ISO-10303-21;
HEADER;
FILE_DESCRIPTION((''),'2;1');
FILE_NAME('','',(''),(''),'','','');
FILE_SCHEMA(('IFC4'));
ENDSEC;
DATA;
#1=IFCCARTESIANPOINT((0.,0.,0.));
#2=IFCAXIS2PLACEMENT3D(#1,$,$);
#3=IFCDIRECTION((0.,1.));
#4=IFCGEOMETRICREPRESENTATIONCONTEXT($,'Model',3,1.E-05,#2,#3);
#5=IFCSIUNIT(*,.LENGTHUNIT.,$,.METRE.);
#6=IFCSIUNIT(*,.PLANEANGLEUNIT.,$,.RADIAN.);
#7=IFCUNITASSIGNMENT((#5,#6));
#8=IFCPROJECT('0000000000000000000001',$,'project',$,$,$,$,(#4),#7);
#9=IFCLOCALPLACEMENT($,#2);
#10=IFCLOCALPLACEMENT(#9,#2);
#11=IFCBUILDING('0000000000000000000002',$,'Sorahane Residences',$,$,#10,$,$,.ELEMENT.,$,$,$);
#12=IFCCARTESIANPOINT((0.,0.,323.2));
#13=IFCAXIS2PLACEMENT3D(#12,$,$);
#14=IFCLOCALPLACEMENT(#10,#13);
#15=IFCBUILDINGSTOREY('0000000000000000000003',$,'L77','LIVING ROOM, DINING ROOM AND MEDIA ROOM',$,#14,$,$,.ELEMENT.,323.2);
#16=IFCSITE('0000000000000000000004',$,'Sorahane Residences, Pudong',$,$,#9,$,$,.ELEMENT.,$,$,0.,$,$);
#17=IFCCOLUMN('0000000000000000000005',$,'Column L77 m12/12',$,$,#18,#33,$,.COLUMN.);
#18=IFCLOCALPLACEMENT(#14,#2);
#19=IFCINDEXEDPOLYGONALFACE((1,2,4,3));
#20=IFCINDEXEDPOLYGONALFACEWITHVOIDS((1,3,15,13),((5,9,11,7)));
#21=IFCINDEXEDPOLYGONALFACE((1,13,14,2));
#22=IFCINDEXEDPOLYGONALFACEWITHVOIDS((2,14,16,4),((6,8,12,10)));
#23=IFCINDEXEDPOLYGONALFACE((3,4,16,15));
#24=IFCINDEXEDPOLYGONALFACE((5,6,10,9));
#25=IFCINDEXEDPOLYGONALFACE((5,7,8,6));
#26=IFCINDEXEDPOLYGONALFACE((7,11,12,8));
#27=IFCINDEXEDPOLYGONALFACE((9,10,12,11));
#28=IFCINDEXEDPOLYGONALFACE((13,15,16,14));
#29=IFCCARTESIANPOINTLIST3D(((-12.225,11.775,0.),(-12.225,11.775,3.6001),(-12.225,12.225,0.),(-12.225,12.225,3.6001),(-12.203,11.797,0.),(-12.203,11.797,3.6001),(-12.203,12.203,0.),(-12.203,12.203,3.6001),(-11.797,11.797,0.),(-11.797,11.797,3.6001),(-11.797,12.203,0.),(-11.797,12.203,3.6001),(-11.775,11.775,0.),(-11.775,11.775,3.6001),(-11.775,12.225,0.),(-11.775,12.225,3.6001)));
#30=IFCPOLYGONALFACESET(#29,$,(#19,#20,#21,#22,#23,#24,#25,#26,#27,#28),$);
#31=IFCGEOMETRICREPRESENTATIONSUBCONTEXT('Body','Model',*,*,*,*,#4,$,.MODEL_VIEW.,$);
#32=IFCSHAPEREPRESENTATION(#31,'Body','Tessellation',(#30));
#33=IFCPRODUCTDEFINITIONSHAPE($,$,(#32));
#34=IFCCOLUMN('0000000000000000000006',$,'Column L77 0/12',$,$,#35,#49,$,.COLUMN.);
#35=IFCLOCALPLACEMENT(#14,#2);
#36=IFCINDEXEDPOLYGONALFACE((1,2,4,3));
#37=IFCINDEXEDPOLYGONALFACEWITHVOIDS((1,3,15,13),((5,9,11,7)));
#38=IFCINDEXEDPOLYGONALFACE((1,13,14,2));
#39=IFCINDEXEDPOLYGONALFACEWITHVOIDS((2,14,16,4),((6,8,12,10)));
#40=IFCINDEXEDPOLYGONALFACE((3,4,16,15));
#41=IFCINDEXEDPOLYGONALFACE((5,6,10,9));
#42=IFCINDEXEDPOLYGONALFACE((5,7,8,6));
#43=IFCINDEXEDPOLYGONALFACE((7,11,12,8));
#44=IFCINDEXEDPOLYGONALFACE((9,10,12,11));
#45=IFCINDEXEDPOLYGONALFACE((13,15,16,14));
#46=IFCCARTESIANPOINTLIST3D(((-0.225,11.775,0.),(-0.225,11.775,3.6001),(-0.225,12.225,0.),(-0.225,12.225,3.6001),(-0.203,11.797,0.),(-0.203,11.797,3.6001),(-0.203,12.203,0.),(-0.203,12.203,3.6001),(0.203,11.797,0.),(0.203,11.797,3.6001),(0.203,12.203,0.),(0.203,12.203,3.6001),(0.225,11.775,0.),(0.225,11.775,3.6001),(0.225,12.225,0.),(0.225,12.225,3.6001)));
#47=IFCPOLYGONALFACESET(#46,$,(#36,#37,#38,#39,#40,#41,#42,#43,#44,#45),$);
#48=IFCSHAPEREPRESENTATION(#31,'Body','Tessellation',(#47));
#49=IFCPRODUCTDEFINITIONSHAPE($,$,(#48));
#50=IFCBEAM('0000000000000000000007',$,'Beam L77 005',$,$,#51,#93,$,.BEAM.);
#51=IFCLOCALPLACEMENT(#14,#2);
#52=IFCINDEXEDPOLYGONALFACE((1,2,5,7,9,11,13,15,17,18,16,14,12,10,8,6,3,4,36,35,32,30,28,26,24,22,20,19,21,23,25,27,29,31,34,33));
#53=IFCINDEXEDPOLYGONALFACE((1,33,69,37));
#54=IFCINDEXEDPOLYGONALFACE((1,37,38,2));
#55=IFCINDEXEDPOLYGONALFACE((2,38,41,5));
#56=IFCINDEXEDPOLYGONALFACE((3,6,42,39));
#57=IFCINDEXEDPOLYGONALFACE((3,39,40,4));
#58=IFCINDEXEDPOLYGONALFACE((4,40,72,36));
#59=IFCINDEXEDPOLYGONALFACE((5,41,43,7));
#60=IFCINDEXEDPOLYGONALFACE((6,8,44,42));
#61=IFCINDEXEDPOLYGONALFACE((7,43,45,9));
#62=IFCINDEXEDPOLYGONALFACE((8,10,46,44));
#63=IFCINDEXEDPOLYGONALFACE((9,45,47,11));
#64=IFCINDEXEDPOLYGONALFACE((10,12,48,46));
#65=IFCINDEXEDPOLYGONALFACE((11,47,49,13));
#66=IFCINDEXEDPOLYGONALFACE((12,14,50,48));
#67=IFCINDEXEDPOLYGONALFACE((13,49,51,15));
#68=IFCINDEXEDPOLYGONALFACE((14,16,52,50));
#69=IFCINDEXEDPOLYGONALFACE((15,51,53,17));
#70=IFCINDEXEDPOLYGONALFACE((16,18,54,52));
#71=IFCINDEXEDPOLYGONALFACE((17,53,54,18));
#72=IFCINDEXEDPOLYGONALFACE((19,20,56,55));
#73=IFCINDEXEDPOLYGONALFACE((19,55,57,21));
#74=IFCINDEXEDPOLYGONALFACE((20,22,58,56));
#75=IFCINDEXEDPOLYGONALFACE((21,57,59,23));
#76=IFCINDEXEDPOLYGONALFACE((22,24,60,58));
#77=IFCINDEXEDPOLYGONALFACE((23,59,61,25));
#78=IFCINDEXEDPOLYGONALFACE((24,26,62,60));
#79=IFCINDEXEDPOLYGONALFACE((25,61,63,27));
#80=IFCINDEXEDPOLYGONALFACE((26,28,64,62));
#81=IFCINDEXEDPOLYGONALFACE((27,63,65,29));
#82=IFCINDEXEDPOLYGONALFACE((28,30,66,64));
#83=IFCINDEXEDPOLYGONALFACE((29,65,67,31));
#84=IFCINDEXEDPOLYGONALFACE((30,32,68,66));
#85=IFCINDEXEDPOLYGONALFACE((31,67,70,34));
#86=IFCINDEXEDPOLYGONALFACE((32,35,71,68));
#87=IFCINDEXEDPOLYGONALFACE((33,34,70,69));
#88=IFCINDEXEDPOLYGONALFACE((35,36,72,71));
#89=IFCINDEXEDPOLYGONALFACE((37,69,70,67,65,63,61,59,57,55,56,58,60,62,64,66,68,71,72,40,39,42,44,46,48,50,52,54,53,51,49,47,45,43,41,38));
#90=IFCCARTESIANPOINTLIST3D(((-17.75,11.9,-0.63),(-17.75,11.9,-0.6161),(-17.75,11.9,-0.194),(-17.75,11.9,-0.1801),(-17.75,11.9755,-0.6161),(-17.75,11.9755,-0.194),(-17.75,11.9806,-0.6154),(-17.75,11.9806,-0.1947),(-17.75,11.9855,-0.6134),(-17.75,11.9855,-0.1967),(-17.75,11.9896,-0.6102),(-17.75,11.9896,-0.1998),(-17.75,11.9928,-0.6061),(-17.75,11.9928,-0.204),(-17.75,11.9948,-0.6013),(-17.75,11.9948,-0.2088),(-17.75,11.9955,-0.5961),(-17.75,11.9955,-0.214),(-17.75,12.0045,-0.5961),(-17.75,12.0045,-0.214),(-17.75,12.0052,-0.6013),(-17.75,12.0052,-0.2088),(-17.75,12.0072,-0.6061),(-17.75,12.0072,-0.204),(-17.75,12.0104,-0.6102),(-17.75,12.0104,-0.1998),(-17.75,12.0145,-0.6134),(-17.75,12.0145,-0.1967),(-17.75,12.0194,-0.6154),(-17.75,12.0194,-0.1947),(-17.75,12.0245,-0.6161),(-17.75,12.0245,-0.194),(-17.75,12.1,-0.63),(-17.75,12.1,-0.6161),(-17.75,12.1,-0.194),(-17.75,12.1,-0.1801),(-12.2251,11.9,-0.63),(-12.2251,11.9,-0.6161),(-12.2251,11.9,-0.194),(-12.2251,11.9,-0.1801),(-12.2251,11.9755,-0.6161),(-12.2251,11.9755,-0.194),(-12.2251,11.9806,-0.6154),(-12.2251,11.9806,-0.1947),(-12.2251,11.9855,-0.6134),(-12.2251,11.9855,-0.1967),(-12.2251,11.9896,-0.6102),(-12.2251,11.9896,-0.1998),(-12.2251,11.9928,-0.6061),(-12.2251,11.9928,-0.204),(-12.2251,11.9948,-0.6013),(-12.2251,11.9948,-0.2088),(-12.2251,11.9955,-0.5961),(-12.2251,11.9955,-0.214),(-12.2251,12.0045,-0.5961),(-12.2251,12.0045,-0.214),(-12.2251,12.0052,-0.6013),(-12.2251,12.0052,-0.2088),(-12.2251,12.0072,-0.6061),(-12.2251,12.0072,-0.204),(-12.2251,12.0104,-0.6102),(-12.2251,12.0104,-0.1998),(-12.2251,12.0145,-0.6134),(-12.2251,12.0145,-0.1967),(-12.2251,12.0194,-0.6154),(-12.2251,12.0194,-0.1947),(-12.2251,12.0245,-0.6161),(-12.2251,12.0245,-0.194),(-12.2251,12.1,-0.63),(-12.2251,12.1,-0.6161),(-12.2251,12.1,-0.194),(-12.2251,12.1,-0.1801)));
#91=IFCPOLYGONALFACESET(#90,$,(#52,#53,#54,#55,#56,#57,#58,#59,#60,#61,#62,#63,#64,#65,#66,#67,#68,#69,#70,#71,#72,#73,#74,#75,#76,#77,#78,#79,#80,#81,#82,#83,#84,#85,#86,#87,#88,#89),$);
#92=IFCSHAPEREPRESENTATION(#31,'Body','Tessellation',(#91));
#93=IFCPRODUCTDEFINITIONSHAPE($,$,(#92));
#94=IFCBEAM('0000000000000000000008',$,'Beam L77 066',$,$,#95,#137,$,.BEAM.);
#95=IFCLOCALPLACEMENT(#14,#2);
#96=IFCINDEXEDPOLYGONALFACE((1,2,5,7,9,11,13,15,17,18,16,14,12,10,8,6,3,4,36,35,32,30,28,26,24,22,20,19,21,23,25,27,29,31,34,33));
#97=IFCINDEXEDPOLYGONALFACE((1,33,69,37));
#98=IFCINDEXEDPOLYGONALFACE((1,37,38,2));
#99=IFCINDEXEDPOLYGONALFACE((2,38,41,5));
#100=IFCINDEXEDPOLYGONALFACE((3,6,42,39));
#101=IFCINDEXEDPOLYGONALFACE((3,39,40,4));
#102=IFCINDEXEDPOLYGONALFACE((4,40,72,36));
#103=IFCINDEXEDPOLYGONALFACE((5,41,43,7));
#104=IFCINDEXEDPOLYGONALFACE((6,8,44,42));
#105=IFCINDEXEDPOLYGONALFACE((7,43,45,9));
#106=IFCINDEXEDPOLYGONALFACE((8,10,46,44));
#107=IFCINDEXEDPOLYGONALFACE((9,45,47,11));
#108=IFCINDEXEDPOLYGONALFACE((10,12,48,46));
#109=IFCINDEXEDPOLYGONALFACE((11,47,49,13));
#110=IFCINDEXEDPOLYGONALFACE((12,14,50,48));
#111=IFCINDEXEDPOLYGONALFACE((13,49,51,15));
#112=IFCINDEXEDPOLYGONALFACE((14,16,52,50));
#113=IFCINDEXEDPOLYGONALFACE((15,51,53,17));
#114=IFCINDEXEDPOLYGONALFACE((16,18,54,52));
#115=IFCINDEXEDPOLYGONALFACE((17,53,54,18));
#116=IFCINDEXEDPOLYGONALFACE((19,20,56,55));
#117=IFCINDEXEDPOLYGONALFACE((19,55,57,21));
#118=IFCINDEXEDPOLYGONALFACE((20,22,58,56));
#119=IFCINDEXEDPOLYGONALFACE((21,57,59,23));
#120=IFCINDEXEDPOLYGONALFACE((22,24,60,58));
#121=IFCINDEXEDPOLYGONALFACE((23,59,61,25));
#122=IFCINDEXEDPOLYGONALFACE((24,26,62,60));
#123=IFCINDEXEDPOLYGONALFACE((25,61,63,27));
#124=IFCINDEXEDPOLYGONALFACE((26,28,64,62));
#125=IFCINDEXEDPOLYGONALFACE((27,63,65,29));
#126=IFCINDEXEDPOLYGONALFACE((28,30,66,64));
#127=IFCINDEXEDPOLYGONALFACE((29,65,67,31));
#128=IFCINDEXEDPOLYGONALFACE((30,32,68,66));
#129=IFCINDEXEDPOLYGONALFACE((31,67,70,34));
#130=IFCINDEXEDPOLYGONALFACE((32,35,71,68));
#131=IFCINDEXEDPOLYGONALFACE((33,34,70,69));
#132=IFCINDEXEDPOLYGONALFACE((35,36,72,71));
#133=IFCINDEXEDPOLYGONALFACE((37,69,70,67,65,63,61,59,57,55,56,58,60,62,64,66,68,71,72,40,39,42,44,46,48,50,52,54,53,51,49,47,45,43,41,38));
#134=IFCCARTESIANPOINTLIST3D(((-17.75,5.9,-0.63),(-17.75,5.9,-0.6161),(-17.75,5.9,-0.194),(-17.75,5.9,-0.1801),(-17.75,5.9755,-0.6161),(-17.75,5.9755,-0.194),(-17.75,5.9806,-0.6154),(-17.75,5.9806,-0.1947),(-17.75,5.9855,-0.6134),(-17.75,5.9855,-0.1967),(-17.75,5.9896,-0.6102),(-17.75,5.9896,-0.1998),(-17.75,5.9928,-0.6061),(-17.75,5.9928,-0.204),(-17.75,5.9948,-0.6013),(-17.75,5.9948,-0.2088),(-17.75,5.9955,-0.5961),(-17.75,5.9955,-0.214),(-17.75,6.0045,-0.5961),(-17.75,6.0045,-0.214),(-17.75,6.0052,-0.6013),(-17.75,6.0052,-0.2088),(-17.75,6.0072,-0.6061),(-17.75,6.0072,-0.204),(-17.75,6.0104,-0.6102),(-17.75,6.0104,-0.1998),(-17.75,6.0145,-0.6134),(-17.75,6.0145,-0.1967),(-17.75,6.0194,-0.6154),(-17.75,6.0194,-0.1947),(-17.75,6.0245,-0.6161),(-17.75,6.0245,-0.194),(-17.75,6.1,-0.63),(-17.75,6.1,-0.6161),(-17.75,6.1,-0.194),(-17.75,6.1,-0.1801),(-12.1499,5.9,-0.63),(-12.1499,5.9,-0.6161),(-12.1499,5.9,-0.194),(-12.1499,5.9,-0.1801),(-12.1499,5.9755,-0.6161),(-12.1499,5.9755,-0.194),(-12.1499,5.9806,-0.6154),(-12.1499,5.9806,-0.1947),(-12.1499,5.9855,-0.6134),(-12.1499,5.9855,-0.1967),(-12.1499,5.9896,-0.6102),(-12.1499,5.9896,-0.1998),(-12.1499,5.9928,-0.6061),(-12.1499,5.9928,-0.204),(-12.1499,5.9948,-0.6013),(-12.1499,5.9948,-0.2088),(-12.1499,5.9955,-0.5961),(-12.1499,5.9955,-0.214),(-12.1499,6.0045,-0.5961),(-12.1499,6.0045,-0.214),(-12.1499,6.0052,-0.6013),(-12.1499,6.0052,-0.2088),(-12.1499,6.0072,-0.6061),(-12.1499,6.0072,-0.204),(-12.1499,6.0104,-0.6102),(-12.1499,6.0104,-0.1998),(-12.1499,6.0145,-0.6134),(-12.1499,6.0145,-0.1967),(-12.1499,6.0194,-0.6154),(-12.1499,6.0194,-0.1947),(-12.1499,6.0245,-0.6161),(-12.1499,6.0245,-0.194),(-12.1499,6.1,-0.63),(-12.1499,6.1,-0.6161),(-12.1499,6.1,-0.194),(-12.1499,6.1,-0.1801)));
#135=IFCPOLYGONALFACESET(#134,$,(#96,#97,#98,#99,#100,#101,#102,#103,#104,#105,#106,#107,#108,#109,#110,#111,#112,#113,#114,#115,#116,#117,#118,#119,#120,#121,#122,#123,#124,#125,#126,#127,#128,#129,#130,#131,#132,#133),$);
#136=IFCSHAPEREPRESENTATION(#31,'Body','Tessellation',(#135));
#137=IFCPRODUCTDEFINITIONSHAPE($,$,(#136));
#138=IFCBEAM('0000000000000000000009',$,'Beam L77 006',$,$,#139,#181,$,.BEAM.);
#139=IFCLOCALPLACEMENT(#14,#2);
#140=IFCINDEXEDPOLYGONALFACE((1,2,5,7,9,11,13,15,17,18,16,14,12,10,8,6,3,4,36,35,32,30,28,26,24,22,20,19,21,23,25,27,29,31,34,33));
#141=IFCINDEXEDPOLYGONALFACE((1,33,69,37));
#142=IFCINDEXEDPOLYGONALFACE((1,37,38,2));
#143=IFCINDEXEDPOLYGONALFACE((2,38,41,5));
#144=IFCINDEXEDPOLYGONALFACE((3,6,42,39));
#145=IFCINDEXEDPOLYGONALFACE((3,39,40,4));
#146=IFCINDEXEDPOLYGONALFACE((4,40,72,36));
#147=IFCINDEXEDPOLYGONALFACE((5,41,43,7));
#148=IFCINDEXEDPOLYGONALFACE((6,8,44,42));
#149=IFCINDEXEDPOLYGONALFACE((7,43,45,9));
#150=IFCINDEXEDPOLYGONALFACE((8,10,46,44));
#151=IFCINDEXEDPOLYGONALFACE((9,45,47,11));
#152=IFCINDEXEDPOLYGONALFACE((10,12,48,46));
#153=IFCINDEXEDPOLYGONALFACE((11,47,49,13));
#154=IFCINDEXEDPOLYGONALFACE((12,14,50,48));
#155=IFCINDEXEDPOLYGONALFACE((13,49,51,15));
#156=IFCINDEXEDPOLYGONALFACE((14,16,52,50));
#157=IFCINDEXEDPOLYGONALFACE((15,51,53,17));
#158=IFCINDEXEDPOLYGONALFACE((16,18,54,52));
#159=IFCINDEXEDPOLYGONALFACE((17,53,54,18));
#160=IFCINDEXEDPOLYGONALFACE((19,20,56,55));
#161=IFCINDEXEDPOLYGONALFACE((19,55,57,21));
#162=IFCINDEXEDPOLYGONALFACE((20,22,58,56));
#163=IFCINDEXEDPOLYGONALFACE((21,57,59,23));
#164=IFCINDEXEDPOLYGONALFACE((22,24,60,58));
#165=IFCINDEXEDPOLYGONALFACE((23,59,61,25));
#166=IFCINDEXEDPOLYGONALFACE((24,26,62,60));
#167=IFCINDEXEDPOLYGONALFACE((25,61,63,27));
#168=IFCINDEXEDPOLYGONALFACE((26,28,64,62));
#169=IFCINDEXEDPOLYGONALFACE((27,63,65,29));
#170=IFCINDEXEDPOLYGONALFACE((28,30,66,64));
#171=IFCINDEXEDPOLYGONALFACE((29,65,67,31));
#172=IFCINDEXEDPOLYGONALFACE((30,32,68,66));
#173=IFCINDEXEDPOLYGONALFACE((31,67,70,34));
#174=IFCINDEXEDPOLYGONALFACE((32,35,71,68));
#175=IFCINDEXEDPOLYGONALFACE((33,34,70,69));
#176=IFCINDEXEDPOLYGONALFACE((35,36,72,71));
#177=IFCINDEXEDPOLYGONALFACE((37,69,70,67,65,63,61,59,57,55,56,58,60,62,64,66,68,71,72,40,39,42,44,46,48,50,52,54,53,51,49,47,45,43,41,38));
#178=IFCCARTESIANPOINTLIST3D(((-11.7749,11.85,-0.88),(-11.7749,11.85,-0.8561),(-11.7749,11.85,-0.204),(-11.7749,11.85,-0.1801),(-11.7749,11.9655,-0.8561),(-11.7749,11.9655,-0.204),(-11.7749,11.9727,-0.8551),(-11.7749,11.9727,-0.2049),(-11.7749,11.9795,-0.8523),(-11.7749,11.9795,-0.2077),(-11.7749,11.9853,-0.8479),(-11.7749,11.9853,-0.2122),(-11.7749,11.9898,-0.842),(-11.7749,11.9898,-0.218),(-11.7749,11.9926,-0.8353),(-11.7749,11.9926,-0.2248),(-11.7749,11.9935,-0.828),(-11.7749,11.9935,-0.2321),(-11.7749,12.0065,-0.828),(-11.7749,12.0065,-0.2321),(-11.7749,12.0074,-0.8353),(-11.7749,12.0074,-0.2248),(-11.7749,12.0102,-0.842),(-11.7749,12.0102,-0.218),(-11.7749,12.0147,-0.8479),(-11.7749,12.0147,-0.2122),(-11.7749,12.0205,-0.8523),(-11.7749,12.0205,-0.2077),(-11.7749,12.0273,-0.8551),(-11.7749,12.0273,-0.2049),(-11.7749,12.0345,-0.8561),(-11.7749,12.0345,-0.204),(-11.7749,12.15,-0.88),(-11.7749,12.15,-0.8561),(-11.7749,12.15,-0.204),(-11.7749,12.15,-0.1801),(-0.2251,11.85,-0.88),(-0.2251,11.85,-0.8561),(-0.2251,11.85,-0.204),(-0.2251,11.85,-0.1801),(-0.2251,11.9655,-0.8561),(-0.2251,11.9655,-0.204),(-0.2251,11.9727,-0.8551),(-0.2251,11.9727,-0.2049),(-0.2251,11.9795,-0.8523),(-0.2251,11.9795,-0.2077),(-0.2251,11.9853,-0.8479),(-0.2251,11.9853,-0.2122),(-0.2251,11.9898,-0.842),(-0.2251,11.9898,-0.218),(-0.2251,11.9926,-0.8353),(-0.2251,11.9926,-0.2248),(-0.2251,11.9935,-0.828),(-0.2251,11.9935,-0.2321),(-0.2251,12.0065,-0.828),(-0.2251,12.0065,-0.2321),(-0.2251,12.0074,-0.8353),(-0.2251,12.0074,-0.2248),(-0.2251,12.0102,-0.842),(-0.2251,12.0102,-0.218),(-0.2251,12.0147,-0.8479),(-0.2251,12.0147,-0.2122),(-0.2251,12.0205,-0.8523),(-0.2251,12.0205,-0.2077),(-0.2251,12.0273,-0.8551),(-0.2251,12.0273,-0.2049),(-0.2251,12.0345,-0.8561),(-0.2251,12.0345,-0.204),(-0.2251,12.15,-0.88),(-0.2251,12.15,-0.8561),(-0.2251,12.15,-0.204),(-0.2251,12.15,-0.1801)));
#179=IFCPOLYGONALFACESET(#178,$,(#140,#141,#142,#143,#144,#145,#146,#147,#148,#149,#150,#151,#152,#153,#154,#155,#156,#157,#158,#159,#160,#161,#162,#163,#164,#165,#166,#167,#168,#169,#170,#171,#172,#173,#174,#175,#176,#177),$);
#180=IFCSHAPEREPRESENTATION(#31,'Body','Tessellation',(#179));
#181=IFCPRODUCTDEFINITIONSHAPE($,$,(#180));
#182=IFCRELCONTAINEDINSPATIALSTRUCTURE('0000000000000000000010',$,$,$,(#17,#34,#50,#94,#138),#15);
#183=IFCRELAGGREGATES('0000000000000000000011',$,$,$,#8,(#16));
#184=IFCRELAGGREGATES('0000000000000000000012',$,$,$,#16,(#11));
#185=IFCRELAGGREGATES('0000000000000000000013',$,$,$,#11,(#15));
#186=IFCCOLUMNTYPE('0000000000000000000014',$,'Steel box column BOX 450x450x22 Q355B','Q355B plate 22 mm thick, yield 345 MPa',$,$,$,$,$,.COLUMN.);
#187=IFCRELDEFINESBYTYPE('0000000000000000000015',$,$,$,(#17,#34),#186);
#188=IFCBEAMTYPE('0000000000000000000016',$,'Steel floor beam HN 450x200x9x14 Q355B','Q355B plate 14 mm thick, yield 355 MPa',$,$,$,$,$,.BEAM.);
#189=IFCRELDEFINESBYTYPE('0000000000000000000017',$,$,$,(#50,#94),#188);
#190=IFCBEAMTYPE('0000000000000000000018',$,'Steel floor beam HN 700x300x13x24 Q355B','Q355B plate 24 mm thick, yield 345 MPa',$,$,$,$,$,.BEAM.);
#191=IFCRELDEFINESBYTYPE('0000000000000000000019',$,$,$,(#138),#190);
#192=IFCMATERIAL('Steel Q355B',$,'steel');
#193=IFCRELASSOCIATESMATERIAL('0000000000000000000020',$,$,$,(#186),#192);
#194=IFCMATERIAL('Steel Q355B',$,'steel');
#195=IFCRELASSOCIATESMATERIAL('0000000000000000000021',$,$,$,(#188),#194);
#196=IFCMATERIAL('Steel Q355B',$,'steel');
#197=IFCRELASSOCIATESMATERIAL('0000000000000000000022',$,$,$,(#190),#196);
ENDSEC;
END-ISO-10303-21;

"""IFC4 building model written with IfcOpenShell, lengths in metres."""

from ifc_helpers import new_model, si_unit, direction, frame, origin, origin_2d, place, context, subcontext, project, spatial, hollow_rectangle, i_section, extrude, material, material_profile, profile_set, type_object, element, save


model = new_model("IFC4")

# Units and contexts
model_context = context("Model", 3, precision=1e-05, world=origin(), true_north=direction((0.0, 1.0)))
body_context = subcontext(model_context, "Body", "Model", "MODEL_VIEW")
ifc_project = project(units=[si_unit("LENGTHUNIT", "METRE"), si_unit("PLANEANGLEUNIT", "RADIAN")], contexts=[model_context])

# Site, building, storey
site_placement = place(None, origin())
site = spatial("IfcSite", under=ifc_project, at=site_placement, Name="Sorahane Residences, Pudong", CompositionType="ELEMENT", RefElevation=0.0)
building_placement = place(site_placement, origin())
building = spatial("IfcBuilding", under=site, at=building_placement, Name="Sorahane Residences", CompositionType="ELEMENT")
storey_placement = place(building_placement, frame((0.0, 0.0, 323.2)))
storey = spatial("IfcBuildingStorey", under=building, at=storey_placement, Name="L77", Description="LIVING ROOM, DINING ROOM AND MEDIA ROOM", CompositionType="ELEMENT", Elevation=323.2)

# Columns
ifc_material_1 = material(Name="Steel Q355B", Category="steel")
ifc_material_profile_1 = material_profile(ifc_material_1, hollow_rectangle(XDim=0.45, YDim=0.45, WallThickness=0.022, at=origin_2d()), Name="BOX 450x450x22")
ifc_profile_set_1 = profile_set([ifc_material_profile_1], Name="Steel Q355B")
column_type = type_object("IfcColumnType", Name="Steel box column BOX 450x450x22 Q355B", Description="Q355B plate 22 mm thick, yield 345 MPa", PredefinedType="COLUMN", material=ifc_profile_set_1)
for number, where, z_axis, x_axis, name in (
    (1, (-12.0, 12.0, 0.0), (0.0, 0.0, 1.0), (1.0, 0.0, 0.0), "Column L77 m12/12"),
    (2, (0.0, 12.0, 0.0), (0.0, 0.0, 1.0), (1.0, 0.0, 0.0), "Column L77 0/12"),
):
    element("IfcColumn", number, at=place(storey_placement, frame(where, z_axis=z_axis, x_axis=x_axis)), inside=storey, type_object=column_type, Name=name, PredefinedType="COLUMN", context=body_context, shape_type="SweptSolid", body=[
        extrude(hollow_rectangle(XDim=0.45, YDim=0.45, WallThickness=0.022, at=origin_2d()), origin(), (0.0, 0.0, 1.0), 3.6001),
    ])

# Beams
ifc_material_2 = material(Name="Steel Q355B", Category="steel")
ifc_material_profile_2 = material_profile(ifc_material_2, i_section(OverallWidth=0.2, OverallDepth=0.45, WebThickness=0.009, FlangeThickness=0.0139, FilletRadius=0.02, at=origin_2d()), Name="HN 450x200x9x14")
ifc_profile_set_2 = profile_set([ifc_material_profile_2], Name="Steel Q355B")
beam_type_1 = type_object("IfcBeamType", Name="Steel floor beam HN 450x200x9x14 Q355B", Description="Q355B plate 14 mm thick, yield 355 MPa", PredefinedType="BEAM", material=ifc_profile_set_2)
beam_1_placement = place(storey_placement, frame((-17.75, 12.0, -0.405), z_axis=(1.0, 0.0, 0.0), x_axis=(0.0, 1.0, 0.0)))
element("IfcBeam", 3, at=beam_1_placement, inside=storey, type_object=beam_type_1, Name="Beam L77 005", PredefinedType="BEAM", context=body_context, shape_type="SweptSolid", body=[
    extrude(i_section(OverallWidth=0.2, OverallDepth=0.45, WebThickness=0.009, FlangeThickness=0.0139, FilletRadius=0.02, at=origin_2d()), origin(), (0.0, 0.0, 1.0), 5.5249),
])
beam_2_placement = place(storey_placement, frame((-17.75, 6.0, -0.405), z_axis=(1.0, 0.0, 0.0), x_axis=(0.0, 1.0, 0.0)))
element("IfcBeam", 4, at=beam_2_placement, inside=storey, type_object=beam_type_1, Name="Beam L77 066", PredefinedType="BEAM", context=body_context, shape_type="SweptSolid", body=[
    extrude(i_section(OverallWidth=0.2, OverallDepth=0.45, WebThickness=0.009, FlangeThickness=0.0139, FilletRadius=0.02, at=origin_2d()), origin(), (0.0, 0.0, 1.0), 5.6001),
])
ifc_material_3 = material(Name="Steel Q355B", Category="steel")
ifc_material_profile_3 = material_profile(ifc_material_3, i_section(OverallWidth=0.3, OverallDepth=0.7, WebThickness=0.0129, FlangeThickness=0.0239, FilletRadius=0.0281, at=origin_2d()), Name="HN 700x300x13x24")
ifc_profile_set_3 = profile_set([ifc_material_profile_3], Name="Steel Q355B")
beam_type_2 = type_object("IfcBeamType", Name="Steel floor beam HN 700x300x13x24 Q355B", Description="Q355B plate 24 mm thick, yield 345 MPa", PredefinedType="BEAM", material=ifc_profile_set_3)
for number, where, z_axis, x_axis, name in (
    (5, (-11.7749, 12.0, -0.53), (1.0, 0.0, 0.0), (0.0, 1.0, 0.0), "Beam L77 006"),
):
    element("IfcBeam", number, at=place(storey_placement, frame(where, z_axis=z_axis, x_axis=x_axis)), inside=storey, type_object=beam_type_2, Name=name, PredefinedType="BEAM", context=body_context, shape_type="SweptSolid", body=[
        extrude(i_section(OverallWidth=0.3, OverallDepth=0.7, WebThickness=0.0129, FlangeThickness=0.0239, FilletRadius=0.0281, at=origin_2d()), origin(), (0.0, 0.0, 1.0), 11.5498),
    ])

save(model, "model.ifc")
